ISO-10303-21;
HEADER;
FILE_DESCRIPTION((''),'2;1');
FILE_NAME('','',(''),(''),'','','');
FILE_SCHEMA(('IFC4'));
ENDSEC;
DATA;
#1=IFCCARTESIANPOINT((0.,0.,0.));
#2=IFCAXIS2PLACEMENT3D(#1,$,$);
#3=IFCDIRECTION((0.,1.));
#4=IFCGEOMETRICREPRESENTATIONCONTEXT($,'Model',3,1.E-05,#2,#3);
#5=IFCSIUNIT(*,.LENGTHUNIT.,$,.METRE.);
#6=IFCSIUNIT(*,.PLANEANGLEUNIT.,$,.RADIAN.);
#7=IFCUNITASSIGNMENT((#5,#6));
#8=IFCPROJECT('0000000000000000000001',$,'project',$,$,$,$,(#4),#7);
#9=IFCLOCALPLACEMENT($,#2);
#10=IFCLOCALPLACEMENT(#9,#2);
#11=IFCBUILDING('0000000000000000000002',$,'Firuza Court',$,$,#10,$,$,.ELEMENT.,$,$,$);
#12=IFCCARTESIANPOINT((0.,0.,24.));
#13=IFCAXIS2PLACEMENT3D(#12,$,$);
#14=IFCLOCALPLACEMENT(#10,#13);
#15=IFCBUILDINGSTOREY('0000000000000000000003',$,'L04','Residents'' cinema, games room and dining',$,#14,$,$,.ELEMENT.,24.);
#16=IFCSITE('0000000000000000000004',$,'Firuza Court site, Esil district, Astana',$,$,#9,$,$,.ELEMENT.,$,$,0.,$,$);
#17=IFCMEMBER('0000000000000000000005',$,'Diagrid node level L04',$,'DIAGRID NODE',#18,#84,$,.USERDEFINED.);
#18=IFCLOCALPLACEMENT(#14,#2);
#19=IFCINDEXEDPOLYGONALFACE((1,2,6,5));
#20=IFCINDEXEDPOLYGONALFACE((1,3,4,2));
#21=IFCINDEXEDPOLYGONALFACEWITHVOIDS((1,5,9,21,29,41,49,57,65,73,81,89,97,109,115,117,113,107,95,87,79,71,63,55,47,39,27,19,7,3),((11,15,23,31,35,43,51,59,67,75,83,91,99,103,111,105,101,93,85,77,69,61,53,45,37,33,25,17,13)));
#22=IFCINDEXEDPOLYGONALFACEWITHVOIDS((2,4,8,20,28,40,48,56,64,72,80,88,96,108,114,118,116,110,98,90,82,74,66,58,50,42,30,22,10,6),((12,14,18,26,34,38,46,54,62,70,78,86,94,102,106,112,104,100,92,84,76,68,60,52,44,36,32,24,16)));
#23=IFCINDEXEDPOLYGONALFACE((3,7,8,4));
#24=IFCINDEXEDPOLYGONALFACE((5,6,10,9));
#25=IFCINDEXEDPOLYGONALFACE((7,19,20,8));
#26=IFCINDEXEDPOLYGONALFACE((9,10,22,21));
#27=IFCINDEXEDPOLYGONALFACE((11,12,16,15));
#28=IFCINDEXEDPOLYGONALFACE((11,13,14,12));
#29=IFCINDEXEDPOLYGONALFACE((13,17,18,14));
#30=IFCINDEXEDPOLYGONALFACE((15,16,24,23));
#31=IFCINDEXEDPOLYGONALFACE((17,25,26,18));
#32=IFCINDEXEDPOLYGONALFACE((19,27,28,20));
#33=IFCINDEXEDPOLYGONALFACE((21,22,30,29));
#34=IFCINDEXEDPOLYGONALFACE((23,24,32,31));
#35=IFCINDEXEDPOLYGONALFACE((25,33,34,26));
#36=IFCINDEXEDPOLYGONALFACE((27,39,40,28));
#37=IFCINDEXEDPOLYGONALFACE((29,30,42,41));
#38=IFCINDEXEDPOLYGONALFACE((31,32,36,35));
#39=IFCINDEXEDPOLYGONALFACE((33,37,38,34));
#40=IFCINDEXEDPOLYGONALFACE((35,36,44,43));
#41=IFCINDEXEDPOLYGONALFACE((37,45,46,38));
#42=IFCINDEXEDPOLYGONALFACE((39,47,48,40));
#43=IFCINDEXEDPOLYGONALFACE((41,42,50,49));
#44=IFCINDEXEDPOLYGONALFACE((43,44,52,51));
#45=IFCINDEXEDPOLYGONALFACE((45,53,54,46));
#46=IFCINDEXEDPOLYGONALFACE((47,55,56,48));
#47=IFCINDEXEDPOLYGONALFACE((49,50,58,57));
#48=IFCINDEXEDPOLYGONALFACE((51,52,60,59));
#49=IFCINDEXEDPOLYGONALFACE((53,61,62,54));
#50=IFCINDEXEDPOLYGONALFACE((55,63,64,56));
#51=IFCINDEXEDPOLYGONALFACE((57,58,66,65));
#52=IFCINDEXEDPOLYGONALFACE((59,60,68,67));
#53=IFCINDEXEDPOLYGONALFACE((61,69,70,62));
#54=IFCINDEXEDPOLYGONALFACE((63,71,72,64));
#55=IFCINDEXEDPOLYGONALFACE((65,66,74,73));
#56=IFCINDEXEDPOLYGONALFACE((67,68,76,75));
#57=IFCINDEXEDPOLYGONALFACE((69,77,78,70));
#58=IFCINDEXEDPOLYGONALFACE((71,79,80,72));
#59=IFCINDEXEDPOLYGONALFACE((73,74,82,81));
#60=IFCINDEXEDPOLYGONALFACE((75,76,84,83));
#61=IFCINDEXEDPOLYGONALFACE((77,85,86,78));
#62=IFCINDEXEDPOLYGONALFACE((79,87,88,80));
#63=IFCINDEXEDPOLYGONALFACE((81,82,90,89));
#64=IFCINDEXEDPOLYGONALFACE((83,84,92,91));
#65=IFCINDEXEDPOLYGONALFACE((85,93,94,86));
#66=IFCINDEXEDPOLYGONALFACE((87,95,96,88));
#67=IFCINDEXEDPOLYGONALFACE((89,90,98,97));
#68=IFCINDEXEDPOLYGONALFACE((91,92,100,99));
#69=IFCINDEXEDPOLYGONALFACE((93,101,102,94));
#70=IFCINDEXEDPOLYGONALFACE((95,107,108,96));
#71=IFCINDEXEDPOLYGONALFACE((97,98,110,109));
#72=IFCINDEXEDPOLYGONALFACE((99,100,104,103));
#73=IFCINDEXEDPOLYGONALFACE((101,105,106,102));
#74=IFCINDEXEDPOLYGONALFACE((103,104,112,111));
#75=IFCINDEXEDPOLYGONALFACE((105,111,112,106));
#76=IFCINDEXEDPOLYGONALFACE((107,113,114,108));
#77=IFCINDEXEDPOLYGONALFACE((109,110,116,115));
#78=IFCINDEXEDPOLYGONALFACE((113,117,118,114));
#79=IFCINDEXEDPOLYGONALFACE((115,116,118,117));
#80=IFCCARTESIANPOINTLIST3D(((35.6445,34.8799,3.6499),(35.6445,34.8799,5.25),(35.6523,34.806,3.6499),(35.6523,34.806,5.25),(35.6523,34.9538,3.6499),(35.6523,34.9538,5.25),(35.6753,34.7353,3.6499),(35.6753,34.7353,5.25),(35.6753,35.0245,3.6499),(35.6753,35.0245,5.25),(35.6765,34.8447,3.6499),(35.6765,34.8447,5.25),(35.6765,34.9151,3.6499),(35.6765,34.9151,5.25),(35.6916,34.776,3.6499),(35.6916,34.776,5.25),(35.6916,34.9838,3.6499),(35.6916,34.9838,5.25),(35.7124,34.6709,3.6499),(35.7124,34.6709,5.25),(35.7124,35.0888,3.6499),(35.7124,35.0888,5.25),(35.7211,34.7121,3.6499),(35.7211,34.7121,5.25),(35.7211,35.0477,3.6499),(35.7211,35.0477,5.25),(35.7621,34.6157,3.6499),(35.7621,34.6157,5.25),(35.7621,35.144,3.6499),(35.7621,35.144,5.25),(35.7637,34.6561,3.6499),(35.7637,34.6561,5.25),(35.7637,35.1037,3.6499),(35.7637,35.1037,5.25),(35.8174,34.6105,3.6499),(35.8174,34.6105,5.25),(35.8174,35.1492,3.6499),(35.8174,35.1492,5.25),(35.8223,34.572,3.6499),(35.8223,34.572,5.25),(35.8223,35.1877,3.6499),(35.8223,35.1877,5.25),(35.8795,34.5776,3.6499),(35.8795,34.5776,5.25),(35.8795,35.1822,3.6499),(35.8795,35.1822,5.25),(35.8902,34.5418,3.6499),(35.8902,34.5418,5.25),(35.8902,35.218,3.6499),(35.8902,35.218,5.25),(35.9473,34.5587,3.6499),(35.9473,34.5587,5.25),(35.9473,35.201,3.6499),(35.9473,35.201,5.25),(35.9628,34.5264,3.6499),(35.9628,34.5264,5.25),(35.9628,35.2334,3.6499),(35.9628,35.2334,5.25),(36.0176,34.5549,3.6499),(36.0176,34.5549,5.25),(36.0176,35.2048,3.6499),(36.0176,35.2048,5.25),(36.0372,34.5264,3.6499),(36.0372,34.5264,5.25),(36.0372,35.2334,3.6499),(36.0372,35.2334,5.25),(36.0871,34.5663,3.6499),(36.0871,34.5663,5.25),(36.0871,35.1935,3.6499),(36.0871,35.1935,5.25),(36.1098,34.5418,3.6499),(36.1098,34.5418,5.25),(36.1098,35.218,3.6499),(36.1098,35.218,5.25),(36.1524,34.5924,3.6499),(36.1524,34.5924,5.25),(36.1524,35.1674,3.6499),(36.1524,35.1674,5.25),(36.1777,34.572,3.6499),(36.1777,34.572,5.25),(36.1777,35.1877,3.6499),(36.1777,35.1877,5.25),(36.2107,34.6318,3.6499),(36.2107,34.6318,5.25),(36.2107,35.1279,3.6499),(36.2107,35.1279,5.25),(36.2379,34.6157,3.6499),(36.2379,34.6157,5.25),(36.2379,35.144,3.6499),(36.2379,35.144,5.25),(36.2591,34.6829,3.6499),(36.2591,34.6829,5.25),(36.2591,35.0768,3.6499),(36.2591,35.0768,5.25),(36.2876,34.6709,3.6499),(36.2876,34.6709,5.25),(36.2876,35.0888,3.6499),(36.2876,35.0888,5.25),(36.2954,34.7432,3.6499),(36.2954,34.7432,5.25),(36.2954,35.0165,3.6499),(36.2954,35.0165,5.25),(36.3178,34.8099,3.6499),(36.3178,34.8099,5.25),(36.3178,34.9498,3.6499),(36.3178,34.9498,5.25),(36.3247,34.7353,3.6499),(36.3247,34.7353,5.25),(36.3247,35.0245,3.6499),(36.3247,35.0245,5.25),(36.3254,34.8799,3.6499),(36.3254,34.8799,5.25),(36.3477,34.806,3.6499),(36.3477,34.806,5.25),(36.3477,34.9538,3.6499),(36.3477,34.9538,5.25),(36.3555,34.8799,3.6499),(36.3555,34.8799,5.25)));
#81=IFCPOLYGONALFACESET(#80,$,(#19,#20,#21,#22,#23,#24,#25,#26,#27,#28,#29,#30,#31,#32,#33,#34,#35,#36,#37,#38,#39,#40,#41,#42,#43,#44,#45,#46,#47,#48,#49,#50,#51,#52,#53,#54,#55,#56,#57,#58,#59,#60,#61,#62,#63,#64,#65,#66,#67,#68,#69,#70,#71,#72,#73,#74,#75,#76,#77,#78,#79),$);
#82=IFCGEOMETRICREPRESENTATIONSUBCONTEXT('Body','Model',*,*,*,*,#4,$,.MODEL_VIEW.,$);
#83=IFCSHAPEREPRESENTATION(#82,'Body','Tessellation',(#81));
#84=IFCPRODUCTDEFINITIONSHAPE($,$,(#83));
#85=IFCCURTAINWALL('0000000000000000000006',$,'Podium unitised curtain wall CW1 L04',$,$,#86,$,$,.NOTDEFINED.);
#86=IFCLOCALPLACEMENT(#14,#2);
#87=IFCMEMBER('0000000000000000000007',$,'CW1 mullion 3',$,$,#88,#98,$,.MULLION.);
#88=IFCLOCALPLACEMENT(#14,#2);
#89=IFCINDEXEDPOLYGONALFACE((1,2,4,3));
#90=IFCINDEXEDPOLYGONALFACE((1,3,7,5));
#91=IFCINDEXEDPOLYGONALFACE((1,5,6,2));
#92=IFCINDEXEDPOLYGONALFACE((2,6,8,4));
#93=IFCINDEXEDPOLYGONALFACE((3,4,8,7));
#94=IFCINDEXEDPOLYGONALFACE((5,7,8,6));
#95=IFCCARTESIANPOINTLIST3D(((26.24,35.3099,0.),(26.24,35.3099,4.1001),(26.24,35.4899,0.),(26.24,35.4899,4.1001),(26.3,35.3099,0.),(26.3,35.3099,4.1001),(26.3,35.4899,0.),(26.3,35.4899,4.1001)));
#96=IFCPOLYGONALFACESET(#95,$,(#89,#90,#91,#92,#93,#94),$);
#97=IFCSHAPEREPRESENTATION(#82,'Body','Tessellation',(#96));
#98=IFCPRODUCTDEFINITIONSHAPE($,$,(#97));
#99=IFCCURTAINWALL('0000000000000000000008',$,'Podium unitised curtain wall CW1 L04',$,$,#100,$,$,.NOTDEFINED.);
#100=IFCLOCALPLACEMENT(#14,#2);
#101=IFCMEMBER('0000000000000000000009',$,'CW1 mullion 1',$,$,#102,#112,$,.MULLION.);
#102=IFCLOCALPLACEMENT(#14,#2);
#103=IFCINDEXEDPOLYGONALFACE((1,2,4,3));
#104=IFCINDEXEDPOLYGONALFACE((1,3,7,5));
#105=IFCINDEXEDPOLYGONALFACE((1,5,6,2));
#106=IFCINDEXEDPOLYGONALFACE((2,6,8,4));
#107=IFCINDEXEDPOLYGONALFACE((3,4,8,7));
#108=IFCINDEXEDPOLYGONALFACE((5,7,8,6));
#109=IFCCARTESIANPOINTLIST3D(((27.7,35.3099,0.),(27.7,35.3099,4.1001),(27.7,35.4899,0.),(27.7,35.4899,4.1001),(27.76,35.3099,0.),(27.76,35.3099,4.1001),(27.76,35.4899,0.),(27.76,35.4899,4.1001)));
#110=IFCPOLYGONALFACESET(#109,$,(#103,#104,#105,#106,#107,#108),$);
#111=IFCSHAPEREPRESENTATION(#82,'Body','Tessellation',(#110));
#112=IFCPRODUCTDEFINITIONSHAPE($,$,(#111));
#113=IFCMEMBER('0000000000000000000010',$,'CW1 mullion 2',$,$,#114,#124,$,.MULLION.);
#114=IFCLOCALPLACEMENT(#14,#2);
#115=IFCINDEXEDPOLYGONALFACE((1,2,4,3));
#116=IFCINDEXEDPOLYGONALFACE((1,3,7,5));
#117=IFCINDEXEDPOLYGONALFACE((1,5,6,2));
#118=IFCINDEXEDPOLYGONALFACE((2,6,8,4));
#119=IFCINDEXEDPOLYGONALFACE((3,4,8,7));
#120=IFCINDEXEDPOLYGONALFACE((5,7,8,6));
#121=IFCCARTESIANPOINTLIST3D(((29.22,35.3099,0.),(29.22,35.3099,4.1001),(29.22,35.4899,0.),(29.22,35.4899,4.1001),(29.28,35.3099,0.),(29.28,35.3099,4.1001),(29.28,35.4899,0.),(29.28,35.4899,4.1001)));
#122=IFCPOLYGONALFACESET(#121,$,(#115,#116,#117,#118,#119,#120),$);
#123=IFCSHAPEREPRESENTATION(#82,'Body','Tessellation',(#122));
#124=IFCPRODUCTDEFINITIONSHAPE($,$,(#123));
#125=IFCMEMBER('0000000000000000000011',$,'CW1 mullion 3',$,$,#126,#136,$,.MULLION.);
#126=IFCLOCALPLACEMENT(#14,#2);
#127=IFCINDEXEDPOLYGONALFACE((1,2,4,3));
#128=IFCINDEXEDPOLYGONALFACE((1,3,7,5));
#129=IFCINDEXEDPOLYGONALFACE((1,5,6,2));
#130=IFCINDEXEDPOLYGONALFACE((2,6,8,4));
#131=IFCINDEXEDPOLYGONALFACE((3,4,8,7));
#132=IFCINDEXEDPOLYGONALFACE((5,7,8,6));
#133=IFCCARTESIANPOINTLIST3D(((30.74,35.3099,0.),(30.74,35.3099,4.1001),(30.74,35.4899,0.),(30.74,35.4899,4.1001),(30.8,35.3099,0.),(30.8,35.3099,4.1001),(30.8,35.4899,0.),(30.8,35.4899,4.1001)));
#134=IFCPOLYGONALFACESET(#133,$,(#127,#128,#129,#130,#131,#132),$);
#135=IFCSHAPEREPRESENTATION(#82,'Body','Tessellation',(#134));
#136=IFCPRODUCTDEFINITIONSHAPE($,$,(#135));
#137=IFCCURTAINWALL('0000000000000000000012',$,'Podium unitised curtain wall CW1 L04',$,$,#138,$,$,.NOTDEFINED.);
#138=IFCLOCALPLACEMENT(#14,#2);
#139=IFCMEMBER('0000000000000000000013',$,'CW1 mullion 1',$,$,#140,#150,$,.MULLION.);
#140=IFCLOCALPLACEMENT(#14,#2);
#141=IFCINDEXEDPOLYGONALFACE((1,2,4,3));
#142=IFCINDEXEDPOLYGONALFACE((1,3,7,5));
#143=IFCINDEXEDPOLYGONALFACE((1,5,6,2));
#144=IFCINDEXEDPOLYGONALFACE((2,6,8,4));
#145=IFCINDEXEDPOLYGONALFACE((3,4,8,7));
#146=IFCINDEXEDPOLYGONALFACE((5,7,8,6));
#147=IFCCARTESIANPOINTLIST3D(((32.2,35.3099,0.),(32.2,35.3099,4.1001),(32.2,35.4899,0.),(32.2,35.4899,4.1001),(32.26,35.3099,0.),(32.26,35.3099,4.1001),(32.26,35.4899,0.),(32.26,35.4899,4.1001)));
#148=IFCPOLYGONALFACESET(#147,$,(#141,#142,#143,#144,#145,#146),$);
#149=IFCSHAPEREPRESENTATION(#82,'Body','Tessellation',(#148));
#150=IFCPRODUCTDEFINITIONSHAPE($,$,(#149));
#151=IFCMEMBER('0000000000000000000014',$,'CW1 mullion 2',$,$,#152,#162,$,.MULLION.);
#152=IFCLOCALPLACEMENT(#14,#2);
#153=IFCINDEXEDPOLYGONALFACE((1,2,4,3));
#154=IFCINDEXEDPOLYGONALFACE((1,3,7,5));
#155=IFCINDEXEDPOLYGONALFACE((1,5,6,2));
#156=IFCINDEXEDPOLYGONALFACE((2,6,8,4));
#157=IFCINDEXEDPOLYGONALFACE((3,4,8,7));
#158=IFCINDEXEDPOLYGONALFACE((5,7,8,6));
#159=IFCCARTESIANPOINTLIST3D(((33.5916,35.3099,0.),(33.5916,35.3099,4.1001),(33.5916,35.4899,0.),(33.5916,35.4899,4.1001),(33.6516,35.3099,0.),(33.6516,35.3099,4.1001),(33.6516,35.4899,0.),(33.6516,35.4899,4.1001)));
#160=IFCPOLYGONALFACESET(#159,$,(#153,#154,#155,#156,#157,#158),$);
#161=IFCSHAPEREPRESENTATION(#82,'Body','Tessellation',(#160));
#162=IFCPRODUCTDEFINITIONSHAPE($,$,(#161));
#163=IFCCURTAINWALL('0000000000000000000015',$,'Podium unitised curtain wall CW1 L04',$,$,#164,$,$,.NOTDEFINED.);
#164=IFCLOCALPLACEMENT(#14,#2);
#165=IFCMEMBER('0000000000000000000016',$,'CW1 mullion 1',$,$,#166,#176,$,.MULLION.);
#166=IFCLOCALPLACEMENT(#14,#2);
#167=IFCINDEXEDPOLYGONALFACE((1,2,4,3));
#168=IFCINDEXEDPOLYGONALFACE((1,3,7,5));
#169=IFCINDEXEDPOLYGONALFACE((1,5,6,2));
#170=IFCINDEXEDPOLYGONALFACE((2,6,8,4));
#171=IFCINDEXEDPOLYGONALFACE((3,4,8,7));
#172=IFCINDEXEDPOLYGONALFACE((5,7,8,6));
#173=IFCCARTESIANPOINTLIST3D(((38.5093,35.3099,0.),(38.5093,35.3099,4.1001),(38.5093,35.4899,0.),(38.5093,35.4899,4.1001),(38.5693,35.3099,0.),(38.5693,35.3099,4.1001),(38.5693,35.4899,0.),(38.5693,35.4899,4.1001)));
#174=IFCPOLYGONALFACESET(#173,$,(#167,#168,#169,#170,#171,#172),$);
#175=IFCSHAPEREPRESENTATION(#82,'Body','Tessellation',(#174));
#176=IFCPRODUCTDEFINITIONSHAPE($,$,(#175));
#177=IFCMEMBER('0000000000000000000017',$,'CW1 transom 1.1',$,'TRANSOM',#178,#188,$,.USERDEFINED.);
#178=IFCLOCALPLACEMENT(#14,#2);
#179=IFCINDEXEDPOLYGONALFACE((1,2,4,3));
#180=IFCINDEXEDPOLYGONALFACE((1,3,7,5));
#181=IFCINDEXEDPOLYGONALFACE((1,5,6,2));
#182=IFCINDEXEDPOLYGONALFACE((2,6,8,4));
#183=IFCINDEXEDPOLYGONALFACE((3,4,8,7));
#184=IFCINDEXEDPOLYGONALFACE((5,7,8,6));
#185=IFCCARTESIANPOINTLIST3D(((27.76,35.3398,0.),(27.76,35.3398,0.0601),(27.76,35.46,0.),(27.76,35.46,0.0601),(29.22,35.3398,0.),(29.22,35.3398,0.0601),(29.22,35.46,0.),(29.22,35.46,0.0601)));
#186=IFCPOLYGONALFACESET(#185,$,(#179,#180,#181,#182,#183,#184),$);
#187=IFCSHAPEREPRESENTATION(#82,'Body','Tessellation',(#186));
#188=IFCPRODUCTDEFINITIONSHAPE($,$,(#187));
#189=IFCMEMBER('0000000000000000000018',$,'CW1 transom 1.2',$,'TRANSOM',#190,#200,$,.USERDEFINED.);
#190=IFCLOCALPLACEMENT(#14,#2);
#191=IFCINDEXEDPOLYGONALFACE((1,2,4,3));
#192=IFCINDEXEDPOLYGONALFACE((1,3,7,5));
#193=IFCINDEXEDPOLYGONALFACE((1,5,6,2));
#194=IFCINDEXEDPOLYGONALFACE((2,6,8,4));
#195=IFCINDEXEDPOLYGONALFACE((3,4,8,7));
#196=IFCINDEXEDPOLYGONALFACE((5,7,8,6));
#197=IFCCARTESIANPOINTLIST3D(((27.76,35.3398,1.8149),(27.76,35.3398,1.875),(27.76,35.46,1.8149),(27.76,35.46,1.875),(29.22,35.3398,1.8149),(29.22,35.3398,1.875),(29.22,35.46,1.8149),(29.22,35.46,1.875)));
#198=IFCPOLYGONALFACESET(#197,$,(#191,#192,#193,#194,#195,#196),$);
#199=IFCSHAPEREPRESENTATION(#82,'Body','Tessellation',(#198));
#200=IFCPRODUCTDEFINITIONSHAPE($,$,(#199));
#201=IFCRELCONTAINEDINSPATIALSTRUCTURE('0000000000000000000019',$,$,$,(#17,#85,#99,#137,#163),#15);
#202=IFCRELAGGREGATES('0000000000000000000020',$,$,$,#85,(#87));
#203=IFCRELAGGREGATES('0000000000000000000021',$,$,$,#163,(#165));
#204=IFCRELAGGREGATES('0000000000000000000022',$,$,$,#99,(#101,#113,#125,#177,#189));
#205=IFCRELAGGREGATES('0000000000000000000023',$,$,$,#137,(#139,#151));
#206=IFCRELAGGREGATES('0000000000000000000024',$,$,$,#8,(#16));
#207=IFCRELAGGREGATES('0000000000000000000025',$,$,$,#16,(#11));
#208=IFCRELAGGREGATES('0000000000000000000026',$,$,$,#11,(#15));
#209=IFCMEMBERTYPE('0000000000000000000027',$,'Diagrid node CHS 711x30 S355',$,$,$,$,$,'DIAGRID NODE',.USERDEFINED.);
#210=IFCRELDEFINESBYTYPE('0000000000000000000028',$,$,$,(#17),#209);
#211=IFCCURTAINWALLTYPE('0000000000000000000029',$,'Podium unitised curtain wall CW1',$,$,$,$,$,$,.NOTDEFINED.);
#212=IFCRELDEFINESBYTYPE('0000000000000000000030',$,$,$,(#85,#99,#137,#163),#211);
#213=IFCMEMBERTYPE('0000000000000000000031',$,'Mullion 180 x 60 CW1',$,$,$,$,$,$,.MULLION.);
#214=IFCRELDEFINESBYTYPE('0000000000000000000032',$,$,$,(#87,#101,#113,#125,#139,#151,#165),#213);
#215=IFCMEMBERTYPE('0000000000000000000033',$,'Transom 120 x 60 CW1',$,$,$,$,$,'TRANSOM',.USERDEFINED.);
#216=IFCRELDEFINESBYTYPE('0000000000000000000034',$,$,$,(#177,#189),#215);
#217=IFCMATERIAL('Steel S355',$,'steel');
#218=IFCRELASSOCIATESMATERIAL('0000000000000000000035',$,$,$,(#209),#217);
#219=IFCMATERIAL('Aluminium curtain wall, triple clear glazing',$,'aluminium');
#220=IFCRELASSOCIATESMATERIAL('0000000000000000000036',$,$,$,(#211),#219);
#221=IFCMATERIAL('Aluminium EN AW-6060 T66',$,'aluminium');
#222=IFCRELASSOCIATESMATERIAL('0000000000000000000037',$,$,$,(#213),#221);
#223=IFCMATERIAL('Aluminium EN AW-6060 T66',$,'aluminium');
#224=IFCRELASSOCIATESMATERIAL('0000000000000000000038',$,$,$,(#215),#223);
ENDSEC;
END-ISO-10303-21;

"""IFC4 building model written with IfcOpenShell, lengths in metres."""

from ifc_helpers import new_model, si_unit, direction, frame, origin, origin_2d, place, context, subcontext, project, spatial, rectangle, hollow_circle, extrude, material, material_profile, profile_set, type_object, element, aggregate, save


model = new_model("IFC4")

# Units and contexts
model_context = context("Model", 3, precision=1e-05, world=origin(), true_north=direction((0.0, 1.0)))
body_context = subcontext(model_context, "Body", "Model", "MODEL_VIEW")
ifc_project = project(units=[si_unit("LENGTHUNIT", "METRE"), si_unit("PLANEANGLEUNIT", "RADIAN")], contexts=[model_context])

# Site, building, storey
site_placement = place(None, origin())
site = spatial("IfcSite", under=ifc_project, at=site_placement, Name="Firuza Court site, Esil district, Astana", CompositionType="ELEMENT", RefElevation=0.0)
building_placement = place(site_placement, origin())
building = spatial("IfcBuilding", under=site, at=building_placement, Name="Firuza Court", CompositionType="ELEMENT")
storey_placement = place(building_placement, frame((0.0, 0.0, 24.0)))
storey = spatial("IfcBuildingStorey", under=building, at=storey_placement, Name="L04", Description="Residents' cinema, games room and dining", CompositionType="ELEMENT", Elevation=24.0)

# Member
ifc_material_1 = material(Name="Steel S355", Category="steel")
ifc_material_profile_1 = material_profile(ifc_material_1, hollow_circle(Radius=0.3555, WallThickness=0.03, at=origin_2d()), Name="CHS 711x30")
ifc_profile_set_1 = profile_set([ifc_material_profile_1], Name="Steel S355")
member_type_1 = type_object("IfcMemberType", Name="Diagrid node CHS 711x30 S355", ElementType="DIAGRID NODE", PredefinedType="USERDEFINED", material=ifc_profile_set_1)
member_1_placement = place(storey_placement, frame((36.0, 34.8799, 3.6499), z_axis=(0.0, 0.0, 1.0), x_axis=(1.0, 0.0, 0.0)))
element("IfcMember", 1, at=member_1_placement, inside=storey, type_object=member_type_1, Name="Diagrid node level L04", ObjectType="DIAGRID NODE", PredefinedType="USERDEFINED", context=body_context, shape_type="SweptSolid", body=[
    extrude(hollow_circle(Radius=0.3555, WallThickness=0.03, at=origin_2d()), origin(), (0.0, 0.0, 1.0), 1.6001),
])

# Curtain wall, member
ifc_material_2 = material(Name="Aluminium curtain wall, triple clear glazing", Category="aluminium")
curtain_wall_type = type_object("IfcCurtainWallType", Name="Podium unitised curtain wall CW1", PredefinedType="NOTDEFINED", material=ifc_material_2)
curtain_wall_1_placement = place(storey_placement, origin())
curtain_wall_1 = element("IfcCurtainWall", 2, at=curtain_wall_1_placement, inside=storey, type_object=curtain_wall_type, Name="Podium unitised curtain wall CW1 L04", PredefinedType="NOTDEFINED")
ifc_material_3 = material(Name="Aluminium EN AW-6060 T66", Category="aluminium")
ifc_material_profile_2 = material_profile(ifc_material_3, rectangle(XDim=0.1799, YDim=0.0601, at=origin_2d()), Name="Mullion 180 x 60 CW1")
ifc_profile_set_2 = profile_set([ifc_material_profile_2], Name="Aluminium EN AW-6060 T66")
member_type_2 = type_object("IfcMemberType", Name="Mullion 180 x 60 CW1", PredefinedType="MULLION", material=ifc_profile_set_2)
member_2_placement = place(storey_placement, frame((26.27, 35.3999, 0.0), z_axis=(0.0, 0.0, 1.0), x_axis=(0.0, 1.0, 0.0)))
member_2 = element("IfcMember", 3, at=member_2_placement, type_object=member_type_2, Name="CW1 mullion 3", PredefinedType="MULLION", context=body_context, shape_type="SweptSolid", body=[
    extrude(rectangle(XDim=0.1799, YDim=0.0601, at=origin_2d()), origin(), (0.0, 0.0, 1.0), 4.1001),
])
aggregate(curtain_wall_1, [member_2])

# Curtain walls, members
curtain_wall_2_placement = place(storey_placement, origin())
curtain_wall_2 = element("IfcCurtainWall", 4, at=curtain_wall_2_placement, inside=storey, type_object=curtain_wall_type, Name="Podium unitised curtain wall CW1 L04", PredefinedType="NOTDEFINED")
member_3_placement = place(storey_placement, frame((27.73, 35.3999, 0.0), z_axis=(0.0, 0.0, 1.0), x_axis=(0.0, 1.0, 0.0)))
member_3 = element("IfcMember", 5, at=member_3_placement, type_object=member_type_2, Name="CW1 mullion 1", PredefinedType="MULLION", context=body_context, shape_type="SweptSolid", body=[
    extrude(rectangle(XDim=0.1799, YDim=0.0601, at=origin_2d()), origin(), (0.0, 0.0, 1.0), 4.1001),
])
member_4_placement = place(storey_placement, frame((29.25, 35.3999, 0.0), z_axis=(0.0, 0.0, 1.0), x_axis=(0.0, 1.0, 0.0)))
member_4 = element("IfcMember", 6, at=member_4_placement, type_object=member_type_2, Name="CW1 mullion 2", PredefinedType="MULLION", context=body_context, shape_type="SweptSolid", body=[
    extrude(rectangle(XDim=0.1799, YDim=0.0601, at=origin_2d()), origin(), (0.0, 0.0, 1.0), 4.1001),
])
member_5_placement = place(storey_placement, frame((30.77, 35.3999, 0.0), z_axis=(0.0, 0.0, 1.0), x_axis=(0.0, 1.0, 0.0)))
member_5 = element("IfcMember", 7, at=member_5_placement, type_object=member_type_2, Name="CW1 mullion 3", PredefinedType="MULLION", context=body_context, shape_type="SweptSolid", body=[
    extrude(rectangle(XDim=0.1799, YDim=0.0601, at=origin_2d()), origin(), (0.0, 0.0, 1.0), 4.1001),
])
curtain_wall_3_placement = place(storey_placement, origin())
curtain_wall_3 = element("IfcCurtainWall", 8, at=curtain_wall_3_placement, inside=storey, type_object=curtain_wall_type, Name="Podium unitised curtain wall CW1 L04", PredefinedType="NOTDEFINED")
member_6_placement = place(storey_placement, frame((32.23, 35.3999, 0.0), z_axis=(0.0, 0.0, 1.0), x_axis=(0.0, 1.0, 0.0)))
member_6 = element("IfcMember", 9, at=member_6_placement, type_object=member_type_2, Name="CW1 mullion 1", PredefinedType="MULLION", context=body_context, shape_type="SweptSolid", body=[
    extrude(rectangle(XDim=0.1799, YDim=0.0601, at=origin_2d()), origin(), (0.0, 0.0, 1.0), 4.1001),
])
member_7_placement = place(storey_placement, frame((33.6216, 35.3999, 0.0), z_axis=(0.0, 0.0, 1.0), x_axis=(0.0, 1.0, 0.0)))
member_7 = element("IfcMember", 10, at=member_7_placement, type_object=member_type_2, Name="CW1 mullion 2", PredefinedType="MULLION", context=body_context, shape_type="SweptSolid", body=[
    extrude(rectangle(XDim=0.1799, YDim=0.0601, at=origin_2d()), origin(), (0.0, 0.0, 1.0), 4.1001),
])

# Curtain wall, member
curtain_wall_4_placement = place(storey_placement, origin())
curtain_wall_4 = element("IfcCurtainWall", 11, at=curtain_wall_4_placement, inside=storey, type_object=curtain_wall_type, Name="Podium unitised curtain wall CW1 L04", PredefinedType="NOTDEFINED")
member_8_placement = place(storey_placement, frame((38.5393, 35.3999, 0.0), z_axis=(0.0, 0.0, 1.0), x_axis=(0.0, 1.0, 0.0)))
member_8 = element("IfcMember", 12, at=member_8_placement, type_object=member_type_2, Name="CW1 mullion 1", PredefinedType="MULLION", context=body_context, shape_type="SweptSolid", body=[
    extrude(rectangle(XDim=0.1799, YDim=0.0601, at=origin_2d()), origin(), (0.0, 0.0, 1.0), 4.1001),
])

# Members
ifc_material_4 = material(Name="Aluminium EN AW-6060 T66", Category="aluminium")
ifc_material_profile_3 = material_profile(ifc_material_4, rectangle(XDim=0.1201, YDim=0.0601, at=origin_2d()), Name="Transom 120 x 60 CW1")
ifc_profile_set_3 = profile_set([ifc_material_profile_3], Name="Aluminium EN AW-6060 T66")
member_type_3 = type_object("IfcMemberType", Name="Transom 120 x 60 CW1", ElementType="TRANSOM", PredefinedType="USERDEFINED", material=ifc_profile_set_3)
member_9_placement = place(storey_placement, frame((27.76, 35.3999, 0.03), z_axis=(1.0, 0.0, 0.0), x_axis=(0.0, 1.0, 0.0)))
member_9 = element("IfcMember", 13, at=member_9_placement, type_object=member_type_3, Name="CW1 transom 1.1", ObjectType="TRANSOM", PredefinedType="USERDEFINED", context=body_context, shape_type="SweptSolid", body=[
    extrude(rectangle(XDim=0.1201, YDim=0.0601, at=origin_2d()), origin(), (0.0, 0.0, 1.0), 1.46),
])
member_10_placement = place(storey_placement, frame((27.76, 35.3999, 1.845), z_axis=(1.0, 0.0, 0.0), x_axis=(0.0, 1.0, 0.0)))
member_10 = element("IfcMember", 14, at=member_10_placement, type_object=member_type_3, Name="CW1 transom 1.2", ObjectType="TRANSOM", PredefinedType="USERDEFINED", context=body_context, shape_type="SweptSolid", body=[
    extrude(rectangle(XDim=0.1201, YDim=0.0601, at=origin_2d()), origin(), (0.0, 0.0, 1.0), 1.46),
])
aggregate(curtain_wall_4, [member_8])

aggregate(curtain_wall_2, [member_3, member_4, member_5, member_9, member_10])
aggregate(curtain_wall_3, [member_6, member_7])

save(model, "model.ifc")
